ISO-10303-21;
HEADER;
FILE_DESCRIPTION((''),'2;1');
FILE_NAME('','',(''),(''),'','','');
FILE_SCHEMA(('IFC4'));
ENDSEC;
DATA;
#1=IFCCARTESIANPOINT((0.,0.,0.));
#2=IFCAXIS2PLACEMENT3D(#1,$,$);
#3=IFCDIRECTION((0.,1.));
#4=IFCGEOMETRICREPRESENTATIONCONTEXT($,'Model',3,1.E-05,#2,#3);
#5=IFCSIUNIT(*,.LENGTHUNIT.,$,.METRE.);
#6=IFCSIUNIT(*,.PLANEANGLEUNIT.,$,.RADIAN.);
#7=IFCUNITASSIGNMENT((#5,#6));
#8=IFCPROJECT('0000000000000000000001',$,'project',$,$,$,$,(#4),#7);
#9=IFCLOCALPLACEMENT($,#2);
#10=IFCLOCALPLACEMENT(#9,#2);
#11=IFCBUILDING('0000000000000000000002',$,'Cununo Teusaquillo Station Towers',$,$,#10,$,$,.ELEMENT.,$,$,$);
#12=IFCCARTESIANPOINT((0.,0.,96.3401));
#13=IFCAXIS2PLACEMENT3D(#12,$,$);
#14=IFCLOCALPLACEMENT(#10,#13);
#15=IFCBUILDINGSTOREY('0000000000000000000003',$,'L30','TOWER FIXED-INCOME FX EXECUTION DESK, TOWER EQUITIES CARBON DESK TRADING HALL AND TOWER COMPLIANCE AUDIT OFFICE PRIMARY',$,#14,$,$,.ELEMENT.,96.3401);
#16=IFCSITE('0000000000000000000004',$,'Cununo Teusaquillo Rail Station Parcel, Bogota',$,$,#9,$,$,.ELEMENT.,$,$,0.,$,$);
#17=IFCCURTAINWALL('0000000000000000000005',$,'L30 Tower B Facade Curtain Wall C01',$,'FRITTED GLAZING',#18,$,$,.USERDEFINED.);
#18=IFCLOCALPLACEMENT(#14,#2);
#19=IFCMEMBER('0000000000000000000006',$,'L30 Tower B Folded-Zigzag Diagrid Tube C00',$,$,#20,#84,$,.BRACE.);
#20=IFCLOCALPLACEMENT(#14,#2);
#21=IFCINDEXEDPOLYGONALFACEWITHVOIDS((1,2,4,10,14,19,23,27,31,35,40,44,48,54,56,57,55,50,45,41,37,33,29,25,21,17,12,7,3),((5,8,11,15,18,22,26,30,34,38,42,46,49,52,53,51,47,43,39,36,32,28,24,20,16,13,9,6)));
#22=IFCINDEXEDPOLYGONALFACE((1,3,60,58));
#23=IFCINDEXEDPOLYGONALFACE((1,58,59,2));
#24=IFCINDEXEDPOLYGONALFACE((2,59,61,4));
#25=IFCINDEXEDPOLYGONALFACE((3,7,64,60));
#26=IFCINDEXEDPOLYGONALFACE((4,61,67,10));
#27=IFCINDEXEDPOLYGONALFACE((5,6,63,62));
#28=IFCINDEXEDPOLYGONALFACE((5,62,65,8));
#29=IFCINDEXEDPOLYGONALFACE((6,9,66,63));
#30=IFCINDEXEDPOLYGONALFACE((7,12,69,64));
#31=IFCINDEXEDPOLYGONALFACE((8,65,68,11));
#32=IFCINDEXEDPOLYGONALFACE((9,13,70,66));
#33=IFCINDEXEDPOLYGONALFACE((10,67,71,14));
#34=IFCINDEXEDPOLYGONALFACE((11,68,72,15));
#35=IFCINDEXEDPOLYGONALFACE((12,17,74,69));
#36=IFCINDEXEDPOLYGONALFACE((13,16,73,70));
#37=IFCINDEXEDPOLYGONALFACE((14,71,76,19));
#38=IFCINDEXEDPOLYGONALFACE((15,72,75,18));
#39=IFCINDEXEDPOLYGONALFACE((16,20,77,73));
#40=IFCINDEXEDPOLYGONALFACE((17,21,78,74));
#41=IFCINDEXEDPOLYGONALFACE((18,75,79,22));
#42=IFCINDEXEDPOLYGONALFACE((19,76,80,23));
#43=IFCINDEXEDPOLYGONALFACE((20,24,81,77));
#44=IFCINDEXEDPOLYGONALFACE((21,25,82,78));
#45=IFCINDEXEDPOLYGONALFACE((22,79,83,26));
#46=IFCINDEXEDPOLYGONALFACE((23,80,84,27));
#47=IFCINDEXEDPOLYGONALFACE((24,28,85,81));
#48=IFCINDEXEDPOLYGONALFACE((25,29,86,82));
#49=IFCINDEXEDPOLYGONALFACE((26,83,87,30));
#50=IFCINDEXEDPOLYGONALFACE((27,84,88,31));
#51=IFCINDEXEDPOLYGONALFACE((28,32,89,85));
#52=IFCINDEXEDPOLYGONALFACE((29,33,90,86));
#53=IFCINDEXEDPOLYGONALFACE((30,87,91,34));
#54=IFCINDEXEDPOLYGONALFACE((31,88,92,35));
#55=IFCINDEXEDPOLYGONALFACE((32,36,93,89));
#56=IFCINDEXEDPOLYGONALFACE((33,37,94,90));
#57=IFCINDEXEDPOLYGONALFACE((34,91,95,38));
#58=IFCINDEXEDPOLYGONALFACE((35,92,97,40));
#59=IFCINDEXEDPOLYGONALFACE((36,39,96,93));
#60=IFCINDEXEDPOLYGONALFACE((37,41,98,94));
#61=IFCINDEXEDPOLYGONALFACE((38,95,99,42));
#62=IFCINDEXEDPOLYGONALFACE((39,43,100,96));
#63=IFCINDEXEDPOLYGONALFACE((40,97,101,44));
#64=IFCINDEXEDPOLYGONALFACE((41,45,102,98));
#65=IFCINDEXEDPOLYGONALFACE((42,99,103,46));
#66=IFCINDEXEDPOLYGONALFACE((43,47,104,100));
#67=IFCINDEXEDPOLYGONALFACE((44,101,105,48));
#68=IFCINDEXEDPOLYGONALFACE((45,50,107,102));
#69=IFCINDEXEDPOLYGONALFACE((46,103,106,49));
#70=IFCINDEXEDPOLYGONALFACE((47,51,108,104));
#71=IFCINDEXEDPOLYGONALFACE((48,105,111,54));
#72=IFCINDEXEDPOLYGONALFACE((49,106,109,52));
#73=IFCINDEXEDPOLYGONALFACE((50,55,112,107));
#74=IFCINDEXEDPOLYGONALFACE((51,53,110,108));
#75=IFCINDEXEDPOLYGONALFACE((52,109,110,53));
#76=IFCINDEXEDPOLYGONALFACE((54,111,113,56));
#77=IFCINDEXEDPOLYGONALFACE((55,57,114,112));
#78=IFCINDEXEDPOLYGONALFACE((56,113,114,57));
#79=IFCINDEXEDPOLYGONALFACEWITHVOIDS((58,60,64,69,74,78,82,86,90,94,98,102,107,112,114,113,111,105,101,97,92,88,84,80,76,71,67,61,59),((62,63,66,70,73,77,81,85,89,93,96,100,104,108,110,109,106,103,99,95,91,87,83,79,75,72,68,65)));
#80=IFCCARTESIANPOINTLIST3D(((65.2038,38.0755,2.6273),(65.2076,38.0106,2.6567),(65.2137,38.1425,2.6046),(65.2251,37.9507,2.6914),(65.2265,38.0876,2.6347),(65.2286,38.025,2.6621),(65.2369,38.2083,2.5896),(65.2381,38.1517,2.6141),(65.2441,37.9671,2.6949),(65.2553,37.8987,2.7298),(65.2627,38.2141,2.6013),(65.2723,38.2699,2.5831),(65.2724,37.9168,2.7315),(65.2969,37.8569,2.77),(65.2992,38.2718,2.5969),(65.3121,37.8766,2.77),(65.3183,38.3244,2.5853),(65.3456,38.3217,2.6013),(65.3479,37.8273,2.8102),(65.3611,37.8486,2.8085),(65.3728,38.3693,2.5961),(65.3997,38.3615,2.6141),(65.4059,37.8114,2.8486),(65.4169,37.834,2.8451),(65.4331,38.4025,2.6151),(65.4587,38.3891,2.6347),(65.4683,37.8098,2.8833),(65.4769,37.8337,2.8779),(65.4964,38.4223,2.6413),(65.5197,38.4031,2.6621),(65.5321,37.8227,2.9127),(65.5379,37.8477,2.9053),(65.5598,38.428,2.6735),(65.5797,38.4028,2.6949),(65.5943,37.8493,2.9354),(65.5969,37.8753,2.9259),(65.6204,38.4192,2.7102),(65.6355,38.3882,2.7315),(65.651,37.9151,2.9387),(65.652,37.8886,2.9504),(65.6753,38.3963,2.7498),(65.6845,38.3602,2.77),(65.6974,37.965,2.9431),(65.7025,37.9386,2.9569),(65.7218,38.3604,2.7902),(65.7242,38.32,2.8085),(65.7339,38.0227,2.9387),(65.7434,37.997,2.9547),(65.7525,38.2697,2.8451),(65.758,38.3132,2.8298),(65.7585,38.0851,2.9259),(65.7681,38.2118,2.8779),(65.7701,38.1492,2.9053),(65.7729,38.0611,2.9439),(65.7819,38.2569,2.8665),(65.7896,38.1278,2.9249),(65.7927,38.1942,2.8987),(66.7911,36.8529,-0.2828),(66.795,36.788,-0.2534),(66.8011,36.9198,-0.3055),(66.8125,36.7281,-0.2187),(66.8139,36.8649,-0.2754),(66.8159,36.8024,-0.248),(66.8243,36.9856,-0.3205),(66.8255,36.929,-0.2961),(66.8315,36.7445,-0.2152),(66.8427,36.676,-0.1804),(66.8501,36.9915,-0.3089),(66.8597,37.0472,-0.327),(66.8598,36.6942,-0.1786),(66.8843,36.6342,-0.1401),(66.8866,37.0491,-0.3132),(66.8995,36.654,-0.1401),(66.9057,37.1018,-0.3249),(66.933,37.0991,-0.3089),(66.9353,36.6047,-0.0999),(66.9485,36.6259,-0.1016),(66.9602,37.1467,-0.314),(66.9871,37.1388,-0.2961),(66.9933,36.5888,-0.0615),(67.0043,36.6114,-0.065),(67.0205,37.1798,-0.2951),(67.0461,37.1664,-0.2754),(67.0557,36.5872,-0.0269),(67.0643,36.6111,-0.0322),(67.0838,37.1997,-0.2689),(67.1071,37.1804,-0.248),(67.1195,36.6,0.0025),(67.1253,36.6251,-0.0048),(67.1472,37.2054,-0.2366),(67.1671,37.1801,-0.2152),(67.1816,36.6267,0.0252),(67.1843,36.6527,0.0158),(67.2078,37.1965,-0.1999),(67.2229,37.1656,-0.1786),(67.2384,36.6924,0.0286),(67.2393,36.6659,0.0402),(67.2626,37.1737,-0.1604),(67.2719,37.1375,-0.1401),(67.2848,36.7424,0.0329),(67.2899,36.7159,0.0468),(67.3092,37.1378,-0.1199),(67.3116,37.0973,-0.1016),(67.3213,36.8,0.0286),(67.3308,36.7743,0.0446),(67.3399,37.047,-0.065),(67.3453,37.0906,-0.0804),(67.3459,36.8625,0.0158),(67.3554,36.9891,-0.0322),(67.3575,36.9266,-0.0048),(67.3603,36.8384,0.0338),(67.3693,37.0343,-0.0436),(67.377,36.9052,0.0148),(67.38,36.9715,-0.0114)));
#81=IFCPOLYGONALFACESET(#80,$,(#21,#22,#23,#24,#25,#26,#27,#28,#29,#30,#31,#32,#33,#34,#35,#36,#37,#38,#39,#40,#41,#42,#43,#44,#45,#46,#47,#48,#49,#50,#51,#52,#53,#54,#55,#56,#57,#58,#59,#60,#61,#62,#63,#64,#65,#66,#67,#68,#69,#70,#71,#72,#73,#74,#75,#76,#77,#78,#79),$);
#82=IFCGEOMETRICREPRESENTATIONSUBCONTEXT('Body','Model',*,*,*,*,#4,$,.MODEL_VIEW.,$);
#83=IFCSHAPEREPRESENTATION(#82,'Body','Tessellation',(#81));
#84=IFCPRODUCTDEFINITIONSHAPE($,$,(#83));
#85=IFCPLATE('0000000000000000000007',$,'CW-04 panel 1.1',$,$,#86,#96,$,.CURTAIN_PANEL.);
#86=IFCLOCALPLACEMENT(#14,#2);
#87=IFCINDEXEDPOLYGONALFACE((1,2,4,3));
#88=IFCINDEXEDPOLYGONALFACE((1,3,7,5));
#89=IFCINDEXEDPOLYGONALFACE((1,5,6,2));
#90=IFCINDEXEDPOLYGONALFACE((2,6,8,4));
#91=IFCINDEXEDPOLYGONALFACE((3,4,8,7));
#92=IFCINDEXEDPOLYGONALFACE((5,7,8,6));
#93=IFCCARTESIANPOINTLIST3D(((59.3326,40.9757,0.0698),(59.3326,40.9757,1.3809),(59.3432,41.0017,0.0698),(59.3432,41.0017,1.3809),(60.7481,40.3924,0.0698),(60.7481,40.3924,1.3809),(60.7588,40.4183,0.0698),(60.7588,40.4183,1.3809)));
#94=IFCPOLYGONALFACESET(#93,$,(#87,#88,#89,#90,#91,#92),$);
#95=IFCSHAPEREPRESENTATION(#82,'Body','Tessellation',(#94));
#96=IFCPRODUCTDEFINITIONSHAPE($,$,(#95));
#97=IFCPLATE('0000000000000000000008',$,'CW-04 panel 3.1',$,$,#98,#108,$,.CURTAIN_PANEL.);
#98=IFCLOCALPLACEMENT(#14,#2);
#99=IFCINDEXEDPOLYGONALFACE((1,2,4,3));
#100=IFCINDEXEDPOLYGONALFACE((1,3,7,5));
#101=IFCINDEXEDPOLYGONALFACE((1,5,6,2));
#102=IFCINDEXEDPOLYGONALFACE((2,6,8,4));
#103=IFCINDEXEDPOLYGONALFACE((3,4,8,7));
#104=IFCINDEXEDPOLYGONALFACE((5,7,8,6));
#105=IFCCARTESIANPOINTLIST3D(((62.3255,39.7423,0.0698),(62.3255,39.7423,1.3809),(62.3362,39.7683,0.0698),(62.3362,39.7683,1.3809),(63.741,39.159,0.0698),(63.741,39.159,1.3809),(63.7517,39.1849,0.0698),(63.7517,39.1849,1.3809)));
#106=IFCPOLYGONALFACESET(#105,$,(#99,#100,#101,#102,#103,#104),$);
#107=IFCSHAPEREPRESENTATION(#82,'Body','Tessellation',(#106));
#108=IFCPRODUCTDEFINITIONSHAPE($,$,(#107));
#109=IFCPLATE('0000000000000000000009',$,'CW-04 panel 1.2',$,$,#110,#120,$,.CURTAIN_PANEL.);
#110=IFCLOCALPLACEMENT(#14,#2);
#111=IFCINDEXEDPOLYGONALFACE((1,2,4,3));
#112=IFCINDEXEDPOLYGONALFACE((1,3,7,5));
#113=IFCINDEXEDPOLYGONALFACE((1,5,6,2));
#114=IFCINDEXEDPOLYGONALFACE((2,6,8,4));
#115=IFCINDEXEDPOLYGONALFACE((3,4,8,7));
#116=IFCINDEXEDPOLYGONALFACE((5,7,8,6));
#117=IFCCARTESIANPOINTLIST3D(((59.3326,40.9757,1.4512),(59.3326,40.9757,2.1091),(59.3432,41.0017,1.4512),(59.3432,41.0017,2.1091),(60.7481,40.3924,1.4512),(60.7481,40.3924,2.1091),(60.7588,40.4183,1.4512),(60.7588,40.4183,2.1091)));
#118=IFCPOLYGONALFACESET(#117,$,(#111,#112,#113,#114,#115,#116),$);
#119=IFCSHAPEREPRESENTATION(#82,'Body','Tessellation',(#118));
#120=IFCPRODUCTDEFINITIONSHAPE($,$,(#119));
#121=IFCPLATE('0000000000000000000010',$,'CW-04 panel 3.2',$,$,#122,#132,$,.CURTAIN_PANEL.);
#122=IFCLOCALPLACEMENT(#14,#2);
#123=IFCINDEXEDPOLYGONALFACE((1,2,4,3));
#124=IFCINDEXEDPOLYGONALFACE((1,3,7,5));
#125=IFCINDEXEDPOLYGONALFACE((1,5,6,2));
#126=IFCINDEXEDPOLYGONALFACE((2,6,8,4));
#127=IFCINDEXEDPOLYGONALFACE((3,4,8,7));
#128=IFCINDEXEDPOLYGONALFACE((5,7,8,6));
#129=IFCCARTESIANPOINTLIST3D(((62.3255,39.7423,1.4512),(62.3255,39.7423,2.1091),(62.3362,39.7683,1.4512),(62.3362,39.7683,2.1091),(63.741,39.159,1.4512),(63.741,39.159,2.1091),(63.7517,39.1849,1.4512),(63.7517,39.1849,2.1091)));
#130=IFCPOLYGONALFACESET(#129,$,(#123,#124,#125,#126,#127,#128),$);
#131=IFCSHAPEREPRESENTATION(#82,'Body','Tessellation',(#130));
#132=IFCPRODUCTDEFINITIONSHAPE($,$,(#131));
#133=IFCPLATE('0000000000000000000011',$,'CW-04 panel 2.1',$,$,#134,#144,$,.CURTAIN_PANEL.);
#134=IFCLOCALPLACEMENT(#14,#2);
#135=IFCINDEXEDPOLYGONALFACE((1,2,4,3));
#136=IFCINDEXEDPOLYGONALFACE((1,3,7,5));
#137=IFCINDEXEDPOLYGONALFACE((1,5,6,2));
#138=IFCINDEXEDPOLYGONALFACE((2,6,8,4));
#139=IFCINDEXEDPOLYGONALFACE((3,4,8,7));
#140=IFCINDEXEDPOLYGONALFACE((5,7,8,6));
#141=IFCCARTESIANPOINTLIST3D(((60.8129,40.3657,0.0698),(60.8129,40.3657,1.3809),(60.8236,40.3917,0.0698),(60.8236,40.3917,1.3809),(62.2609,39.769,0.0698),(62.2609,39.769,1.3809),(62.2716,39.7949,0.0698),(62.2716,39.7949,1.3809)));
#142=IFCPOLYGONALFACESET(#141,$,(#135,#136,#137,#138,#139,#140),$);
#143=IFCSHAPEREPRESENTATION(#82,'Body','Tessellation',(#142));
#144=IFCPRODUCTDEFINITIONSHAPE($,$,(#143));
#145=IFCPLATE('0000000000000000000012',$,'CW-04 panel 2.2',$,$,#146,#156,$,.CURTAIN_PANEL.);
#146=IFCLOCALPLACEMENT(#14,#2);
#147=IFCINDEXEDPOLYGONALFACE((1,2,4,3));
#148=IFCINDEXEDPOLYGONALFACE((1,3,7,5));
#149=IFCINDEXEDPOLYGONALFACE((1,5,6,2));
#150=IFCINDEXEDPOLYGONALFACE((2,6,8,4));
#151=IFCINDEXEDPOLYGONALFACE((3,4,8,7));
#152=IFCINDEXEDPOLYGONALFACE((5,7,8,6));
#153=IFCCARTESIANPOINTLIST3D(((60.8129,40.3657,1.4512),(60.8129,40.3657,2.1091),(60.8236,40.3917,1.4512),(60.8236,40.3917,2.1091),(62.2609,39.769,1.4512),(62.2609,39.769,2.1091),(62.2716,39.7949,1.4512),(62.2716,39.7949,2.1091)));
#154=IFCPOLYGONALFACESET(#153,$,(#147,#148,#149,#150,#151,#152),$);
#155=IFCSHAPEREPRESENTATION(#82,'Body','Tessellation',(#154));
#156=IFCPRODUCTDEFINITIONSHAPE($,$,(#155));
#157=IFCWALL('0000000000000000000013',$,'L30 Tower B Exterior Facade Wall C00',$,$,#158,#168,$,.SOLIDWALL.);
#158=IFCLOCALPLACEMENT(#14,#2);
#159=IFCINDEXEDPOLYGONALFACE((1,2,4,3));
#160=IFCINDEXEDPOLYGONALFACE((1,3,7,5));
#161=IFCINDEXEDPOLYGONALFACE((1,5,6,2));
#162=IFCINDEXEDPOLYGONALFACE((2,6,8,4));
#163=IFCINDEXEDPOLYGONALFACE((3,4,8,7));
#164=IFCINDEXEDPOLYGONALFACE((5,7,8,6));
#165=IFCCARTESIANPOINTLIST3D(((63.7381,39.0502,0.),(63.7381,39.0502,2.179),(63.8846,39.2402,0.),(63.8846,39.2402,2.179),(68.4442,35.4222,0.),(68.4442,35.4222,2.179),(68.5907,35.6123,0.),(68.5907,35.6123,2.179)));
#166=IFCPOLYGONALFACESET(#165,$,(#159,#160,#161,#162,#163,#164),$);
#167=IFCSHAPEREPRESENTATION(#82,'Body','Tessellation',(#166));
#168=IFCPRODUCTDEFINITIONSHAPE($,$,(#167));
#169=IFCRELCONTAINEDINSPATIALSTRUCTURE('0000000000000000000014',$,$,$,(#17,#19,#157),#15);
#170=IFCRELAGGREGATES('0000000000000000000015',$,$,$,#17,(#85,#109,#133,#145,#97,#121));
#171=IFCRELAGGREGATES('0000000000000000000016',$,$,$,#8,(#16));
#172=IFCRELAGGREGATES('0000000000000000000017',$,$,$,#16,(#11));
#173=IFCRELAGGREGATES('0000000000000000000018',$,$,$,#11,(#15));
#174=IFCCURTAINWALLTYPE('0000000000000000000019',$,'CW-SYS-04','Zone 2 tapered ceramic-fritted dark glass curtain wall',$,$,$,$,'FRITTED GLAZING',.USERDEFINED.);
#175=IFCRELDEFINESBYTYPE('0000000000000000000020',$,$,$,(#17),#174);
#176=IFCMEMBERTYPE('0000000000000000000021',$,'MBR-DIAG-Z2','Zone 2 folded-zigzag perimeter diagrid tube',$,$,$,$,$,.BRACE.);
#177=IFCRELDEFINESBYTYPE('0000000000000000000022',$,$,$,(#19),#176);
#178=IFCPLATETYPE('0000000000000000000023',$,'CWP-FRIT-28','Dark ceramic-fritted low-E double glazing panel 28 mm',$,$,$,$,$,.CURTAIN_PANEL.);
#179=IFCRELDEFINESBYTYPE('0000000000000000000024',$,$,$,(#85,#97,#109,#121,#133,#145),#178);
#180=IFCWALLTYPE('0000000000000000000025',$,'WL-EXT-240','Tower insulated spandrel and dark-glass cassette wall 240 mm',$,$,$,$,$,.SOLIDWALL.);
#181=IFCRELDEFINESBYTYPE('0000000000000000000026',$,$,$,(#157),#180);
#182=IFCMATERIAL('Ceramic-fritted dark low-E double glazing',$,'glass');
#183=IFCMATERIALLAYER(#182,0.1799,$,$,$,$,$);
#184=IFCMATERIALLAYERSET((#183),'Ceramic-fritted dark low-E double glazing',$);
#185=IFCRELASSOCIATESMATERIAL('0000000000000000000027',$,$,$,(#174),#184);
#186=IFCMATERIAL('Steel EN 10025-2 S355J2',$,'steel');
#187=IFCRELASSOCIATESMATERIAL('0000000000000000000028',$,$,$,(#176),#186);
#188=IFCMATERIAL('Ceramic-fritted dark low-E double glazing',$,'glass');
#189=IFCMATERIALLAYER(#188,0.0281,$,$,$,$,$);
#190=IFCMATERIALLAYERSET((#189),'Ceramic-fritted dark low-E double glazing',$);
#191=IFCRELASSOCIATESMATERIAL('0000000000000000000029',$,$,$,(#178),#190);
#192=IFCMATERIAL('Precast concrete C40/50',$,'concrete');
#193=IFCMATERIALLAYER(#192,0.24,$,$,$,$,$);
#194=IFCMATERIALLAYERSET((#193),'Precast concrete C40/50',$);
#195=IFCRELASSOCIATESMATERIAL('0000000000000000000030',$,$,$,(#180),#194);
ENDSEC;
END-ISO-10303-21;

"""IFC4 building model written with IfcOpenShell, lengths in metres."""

from ifc_helpers import new_model, si_unit, direction, frame, frame_2d, origin, origin_2d, place, context, subcontext, project, spatial, rectangle, hollow_circle, extrude, source, transform, mapped, material, layer, layer_set, material_profile, profile_set, type_object, element, aggregate, save


model = new_model("IFC4")

# Units and contexts
model_context = context("Model", 3, precision=1e-05, world=origin(), true_north=direction((0.0, 1.0)))
body_context = subcontext(model_context, "Body", "Model", "MODEL_VIEW")
ifc_project = project(units=[si_unit("LENGTHUNIT", "METRE"), si_unit("PLANEANGLEUNIT", "RADIAN")], contexts=[model_context])

# Site, building, storey
site_placement = place(None, origin())
site = spatial("IfcSite", under=ifc_project, at=site_placement, Name="Cununo Teusaquillo Rail Station Parcel, Bogota", CompositionType="ELEMENT", RefElevation=0.0)
building_placement = place(site_placement, origin())
building = spatial("IfcBuilding", under=site, at=building_placement, Name="Cununo Teusaquillo Station Towers", CompositionType="ELEMENT")
storey_placement = place(building_placement, frame((0.0, 0.0, 96.3401)))
storey = spatial("IfcBuildingStorey", under=building, at=storey_placement, Name="L30", Description="TOWER FIXED-INCOME FX EXECUTION DESK, TOWER EQUITIES CARBON DESK TRADING HALL AND TOWER COMPLIANCE AUDIT OFFICE PRIMARY", CompositionType="ELEMENT", Elevation=96.3401)

# Curtain wall
ifc_material_1 = material(Name="Ceramic-fritted dark low-E double glazing", Category="glass")
ifc_layer_1 = layer(ifc_material_1, 0.1799)
ifc_layer_set_1 = layer_set([ifc_layer_1], Name="Ceramic-fritted dark low-E double glazing")
curtain_wall_type = type_object("IfcCurtainWallType", Name="CW-SYS-04", Description="Zone 2 tapered ceramic-fritted dark glass curtain wall", ElementType="FRITTED GLAZING", PredefinedType="USERDEFINED", material=ifc_layer_set_1)
curtain_wall_placement = place(storey_placement, origin())
curtain_wall = element("IfcCurtainWall", 1, at=curtain_wall_placement, inside=storey, type_object=curtain_wall_type, Name="L30 Tower B Facade Curtain Wall C01", ObjectType="FRITTED GLAZING", PredefinedType="USERDEFINED")

# Member
ifc_material_2 = material(Name="Steel EN 10025-2 S355J2", Category="steel")
ifc_material_profile_1 = material_profile(ifc_material_2, hollow_circle(Radius=0.3301, WallThickness=0.0249, at=origin_2d()), Name="CHS 660x25")
ifc_profile_set_1 = profile_set([ifc_material_profile_1], Name="Steel EN 10025-2 S355J2")
member_type_1 = type_object("IfcMemberType", Name="MBR-DIAG-Z2", Description="Zone 2 folded-zigzag perimeter diagrid tube", PredefinedType="BRACE", material=ifc_profile_set_1)
member_1_placement = place(storey_placement, frame((67.0857, 36.8958, -0.1401), z_axis=(-0.449277, 0.346044, 0.823652), x_axis=(-0.610205, -0.792243, 0.0)))
element("IfcMember", 2, at=member_1_placement, inside=storey, type_object=member_type_1, Name="L30 Tower B Folded-Zigzag Diagrid Tube C00", PredefinedType="BRACE", context=body_context, shape_type="SweptSolid", body=[
    extrude(hollow_circle(Radius=0.3301, WallThickness=0.0249, at=origin_2d()), origin(), (0.0, 0.0, 1.0), 3.5332),
])

# Plates
ifc_material_3 = material(Name="Ceramic-fritted dark low-E double glazing", Category="glass")
ifc_layer_2 = layer(ifc_material_3, 0.0281)
ifc_layer_set_2 = layer_set([ifc_layer_2], Name="Ceramic-fritted dark low-E double glazing")
plate_type = type_object("IfcPlateType", Name="CWP-FRIT-28", Description="Dark ceramic-fritted low-E double glazing panel 28 mm", PredefinedType="CURTAIN_PANEL", material=ifc_layer_set_2)
shared_shape_1 = source(origin(), body_context, "Body", "SweptSolid", [
    extrude(rectangle(XDim=1.531, YDim=0.0281, at=origin_2d()), origin(), (0.0, 0.0, 1.0), 1.311),
])
plate_1_placement = place(storey_placement, frame((60.0457, 40.697, 0.0698), z_axis=(0.0, 0.0, 1.0), x_axis=(0.924562, -0.381031, 0.0)))
plate_1 = element("IfcPlate", 3, at=plate_1_placement, type_object=plate_type, Name="CW-04 panel 1.1", PredefinedType="CURTAIN_PANEL", context=body_context, shape_type="MappedRepresentation", body=[
    mapped(shared_shape_1, transform((0.0, 0.0, 0.0), x_axis=(1.0, 0.0, 0.0), y_axis=(0.0, 1.0, 0.0), z_axis=(0.0, 0.0, 1.0), scale=1.0)),
])
plate_2_placement = place(storey_placement, frame((63.0386, 39.4636, 0.0698), z_axis=(0.0, 0.0, 1.0), x_axis=(0.924562, -0.381031, 0.0)))
plate_2 = element("IfcPlate", 4, at=plate_2_placement, type_object=plate_type, Name="CW-04 panel 3.1", PredefinedType="CURTAIN_PANEL", context=body_context, shape_type="MappedRepresentation", body=[
    mapped(shared_shape_1, transform((0.0, 0.0, 0.0), x_axis=(1.0, 0.0, 0.0), y_axis=(0.0, 1.0, 0.0), z_axis=(0.0, 0.0, 1.0), scale=1.0)),
])
shared_shape_2 = source(origin(), body_context, "Body", "SweptSolid", [
    extrude(rectangle(XDim=1.531, YDim=0.0281, at=origin_2d()), origin(), (0.0, 0.0, 1.0), 0.658),
])
plate_3_placement = place(storey_placement, frame((60.0457, 40.697, 1.4512), z_axis=(0.0, 0.0, 1.0), x_axis=(0.924562, -0.381031, 0.0)))
plate_3 = element("IfcPlate", 5, at=plate_3_placement, type_object=plate_type, Name="CW-04 panel 1.2", PredefinedType="CURTAIN_PANEL", context=body_context, shape_type="MappedRepresentation", body=[
    mapped(shared_shape_2, transform((0.0, 0.0, 0.0), x_axis=(1.0, 0.0, 0.0), y_axis=(0.0, 1.0, 0.0), z_axis=(0.0, 0.0, 1.0), scale=1.0)),
])
plate_4_placement = place(storey_placement, frame((63.0386, 39.4636, 1.4512), z_axis=(0.0, 0.0, 1.0), x_axis=(0.924562, -0.381031, 0.0)))
plate_4 = element("IfcPlate", 6, at=plate_4_placement, type_object=plate_type, Name="CW-04 panel 3.2", PredefinedType="CURTAIN_PANEL", context=body_context, shape_type="MappedRepresentation", body=[
    mapped(shared_shape_2, transform((0.0, 0.0, 0.0), x_axis=(1.0, 0.0, 0.0), y_axis=(0.0, 1.0, 0.0), z_axis=(0.0, 0.0, 1.0), scale=1.0)),
])
shared_shape_3 = source(origin(), body_context, "Body", "SweptSolid", [
    extrude(rectangle(XDim=1.5662, YDim=0.0281, at=origin_2d()), origin(), (0.0, 0.0, 1.0), 1.311),
])
plate_5_placement = place(storey_placement, frame((61.5422, 40.0803, 0.0698), z_axis=(0.0, 0.0, 1.0), x_axis=(0.924562, -0.381031, 0.0)))
plate_5 = element("IfcPlate", 7, at=plate_5_placement, type_object=plate_type, Name="CW-04 panel 2.1", PredefinedType="CURTAIN_PANEL", context=body_context, shape_type="MappedRepresentation", body=[
    mapped(shared_shape_3, transform((0.0, 0.0, 0.0), x_axis=(1.0, 0.0, 0.0), y_axis=(0.0, 1.0, 0.0), z_axis=(0.0, 0.0, 1.0), scale=1.0)),
])
shared_shape_4 = source(origin(), body_context, "Body", "SweptSolid", [
    extrude(rectangle(XDim=1.5662, YDim=0.0281, at=origin_2d()), origin(), (0.0, 0.0, 1.0), 0.658),
])
plate_6_placement = place(storey_placement, frame((61.5422, 40.0803, 1.4512), z_axis=(0.0, 0.0, 1.0), x_axis=(0.924562, -0.381031, 0.0)))
plate_6 = element("IfcPlate", 8, at=plate_6_placement, type_object=plate_type, Name="CW-04 panel 2.2", PredefinedType="CURTAIN_PANEL", context=body_context, shape_type="MappedRepresentation", body=[
    mapped(shared_shape_4, transform((0.0, 0.0, 0.0), x_axis=(1.0, 0.0, 0.0), y_axis=(0.0, 1.0, 0.0), z_axis=(0.0, 0.0, 1.0), scale=1.0)),
])
aggregate(curtain_wall, [plate_1, plate_3, plate_5, plate_6, plate_2, plate_4])

# Wall
ifc_material_4 = material(Name="Precast concrete C40/50", Category="concrete")
ifc_layer_3 = layer(ifc_material_4, 0.24)
ifc_layer_set_3 = layer_set([ifc_layer_3], Name="Precast concrete C40/50")
wall_type_1 = type_object("IfcWallType", Name="WL-EXT-240", Description="Tower insulated spandrel and dark-glass cassette wall 240 mm", PredefinedType="SOLIDWALL", material=ifc_layer_set_3)
wall_1_placement = place(storey_placement, frame((63.8113, 39.1453, 0.0), z_axis=(0.0, 0.0, 1.0), x_axis=(0.791982, -0.610544, 0.0)))
element("IfcWall", 9, at=wall_1_placement, inside=storey, type_object=wall_type_1, Name="L30 Tower B Exterior Facade Wall C00", PredefinedType="SOLIDWALL", context=body_context, shape_type="SweptSolid", body=[
    extrude(rectangle(XDim=5.9421, YDim=0.24, at=frame_2d((2.9712, 0.0))), origin(), (0.0, 0.0, 1.0), 2.179),
])

save(model, "model.ifc")
